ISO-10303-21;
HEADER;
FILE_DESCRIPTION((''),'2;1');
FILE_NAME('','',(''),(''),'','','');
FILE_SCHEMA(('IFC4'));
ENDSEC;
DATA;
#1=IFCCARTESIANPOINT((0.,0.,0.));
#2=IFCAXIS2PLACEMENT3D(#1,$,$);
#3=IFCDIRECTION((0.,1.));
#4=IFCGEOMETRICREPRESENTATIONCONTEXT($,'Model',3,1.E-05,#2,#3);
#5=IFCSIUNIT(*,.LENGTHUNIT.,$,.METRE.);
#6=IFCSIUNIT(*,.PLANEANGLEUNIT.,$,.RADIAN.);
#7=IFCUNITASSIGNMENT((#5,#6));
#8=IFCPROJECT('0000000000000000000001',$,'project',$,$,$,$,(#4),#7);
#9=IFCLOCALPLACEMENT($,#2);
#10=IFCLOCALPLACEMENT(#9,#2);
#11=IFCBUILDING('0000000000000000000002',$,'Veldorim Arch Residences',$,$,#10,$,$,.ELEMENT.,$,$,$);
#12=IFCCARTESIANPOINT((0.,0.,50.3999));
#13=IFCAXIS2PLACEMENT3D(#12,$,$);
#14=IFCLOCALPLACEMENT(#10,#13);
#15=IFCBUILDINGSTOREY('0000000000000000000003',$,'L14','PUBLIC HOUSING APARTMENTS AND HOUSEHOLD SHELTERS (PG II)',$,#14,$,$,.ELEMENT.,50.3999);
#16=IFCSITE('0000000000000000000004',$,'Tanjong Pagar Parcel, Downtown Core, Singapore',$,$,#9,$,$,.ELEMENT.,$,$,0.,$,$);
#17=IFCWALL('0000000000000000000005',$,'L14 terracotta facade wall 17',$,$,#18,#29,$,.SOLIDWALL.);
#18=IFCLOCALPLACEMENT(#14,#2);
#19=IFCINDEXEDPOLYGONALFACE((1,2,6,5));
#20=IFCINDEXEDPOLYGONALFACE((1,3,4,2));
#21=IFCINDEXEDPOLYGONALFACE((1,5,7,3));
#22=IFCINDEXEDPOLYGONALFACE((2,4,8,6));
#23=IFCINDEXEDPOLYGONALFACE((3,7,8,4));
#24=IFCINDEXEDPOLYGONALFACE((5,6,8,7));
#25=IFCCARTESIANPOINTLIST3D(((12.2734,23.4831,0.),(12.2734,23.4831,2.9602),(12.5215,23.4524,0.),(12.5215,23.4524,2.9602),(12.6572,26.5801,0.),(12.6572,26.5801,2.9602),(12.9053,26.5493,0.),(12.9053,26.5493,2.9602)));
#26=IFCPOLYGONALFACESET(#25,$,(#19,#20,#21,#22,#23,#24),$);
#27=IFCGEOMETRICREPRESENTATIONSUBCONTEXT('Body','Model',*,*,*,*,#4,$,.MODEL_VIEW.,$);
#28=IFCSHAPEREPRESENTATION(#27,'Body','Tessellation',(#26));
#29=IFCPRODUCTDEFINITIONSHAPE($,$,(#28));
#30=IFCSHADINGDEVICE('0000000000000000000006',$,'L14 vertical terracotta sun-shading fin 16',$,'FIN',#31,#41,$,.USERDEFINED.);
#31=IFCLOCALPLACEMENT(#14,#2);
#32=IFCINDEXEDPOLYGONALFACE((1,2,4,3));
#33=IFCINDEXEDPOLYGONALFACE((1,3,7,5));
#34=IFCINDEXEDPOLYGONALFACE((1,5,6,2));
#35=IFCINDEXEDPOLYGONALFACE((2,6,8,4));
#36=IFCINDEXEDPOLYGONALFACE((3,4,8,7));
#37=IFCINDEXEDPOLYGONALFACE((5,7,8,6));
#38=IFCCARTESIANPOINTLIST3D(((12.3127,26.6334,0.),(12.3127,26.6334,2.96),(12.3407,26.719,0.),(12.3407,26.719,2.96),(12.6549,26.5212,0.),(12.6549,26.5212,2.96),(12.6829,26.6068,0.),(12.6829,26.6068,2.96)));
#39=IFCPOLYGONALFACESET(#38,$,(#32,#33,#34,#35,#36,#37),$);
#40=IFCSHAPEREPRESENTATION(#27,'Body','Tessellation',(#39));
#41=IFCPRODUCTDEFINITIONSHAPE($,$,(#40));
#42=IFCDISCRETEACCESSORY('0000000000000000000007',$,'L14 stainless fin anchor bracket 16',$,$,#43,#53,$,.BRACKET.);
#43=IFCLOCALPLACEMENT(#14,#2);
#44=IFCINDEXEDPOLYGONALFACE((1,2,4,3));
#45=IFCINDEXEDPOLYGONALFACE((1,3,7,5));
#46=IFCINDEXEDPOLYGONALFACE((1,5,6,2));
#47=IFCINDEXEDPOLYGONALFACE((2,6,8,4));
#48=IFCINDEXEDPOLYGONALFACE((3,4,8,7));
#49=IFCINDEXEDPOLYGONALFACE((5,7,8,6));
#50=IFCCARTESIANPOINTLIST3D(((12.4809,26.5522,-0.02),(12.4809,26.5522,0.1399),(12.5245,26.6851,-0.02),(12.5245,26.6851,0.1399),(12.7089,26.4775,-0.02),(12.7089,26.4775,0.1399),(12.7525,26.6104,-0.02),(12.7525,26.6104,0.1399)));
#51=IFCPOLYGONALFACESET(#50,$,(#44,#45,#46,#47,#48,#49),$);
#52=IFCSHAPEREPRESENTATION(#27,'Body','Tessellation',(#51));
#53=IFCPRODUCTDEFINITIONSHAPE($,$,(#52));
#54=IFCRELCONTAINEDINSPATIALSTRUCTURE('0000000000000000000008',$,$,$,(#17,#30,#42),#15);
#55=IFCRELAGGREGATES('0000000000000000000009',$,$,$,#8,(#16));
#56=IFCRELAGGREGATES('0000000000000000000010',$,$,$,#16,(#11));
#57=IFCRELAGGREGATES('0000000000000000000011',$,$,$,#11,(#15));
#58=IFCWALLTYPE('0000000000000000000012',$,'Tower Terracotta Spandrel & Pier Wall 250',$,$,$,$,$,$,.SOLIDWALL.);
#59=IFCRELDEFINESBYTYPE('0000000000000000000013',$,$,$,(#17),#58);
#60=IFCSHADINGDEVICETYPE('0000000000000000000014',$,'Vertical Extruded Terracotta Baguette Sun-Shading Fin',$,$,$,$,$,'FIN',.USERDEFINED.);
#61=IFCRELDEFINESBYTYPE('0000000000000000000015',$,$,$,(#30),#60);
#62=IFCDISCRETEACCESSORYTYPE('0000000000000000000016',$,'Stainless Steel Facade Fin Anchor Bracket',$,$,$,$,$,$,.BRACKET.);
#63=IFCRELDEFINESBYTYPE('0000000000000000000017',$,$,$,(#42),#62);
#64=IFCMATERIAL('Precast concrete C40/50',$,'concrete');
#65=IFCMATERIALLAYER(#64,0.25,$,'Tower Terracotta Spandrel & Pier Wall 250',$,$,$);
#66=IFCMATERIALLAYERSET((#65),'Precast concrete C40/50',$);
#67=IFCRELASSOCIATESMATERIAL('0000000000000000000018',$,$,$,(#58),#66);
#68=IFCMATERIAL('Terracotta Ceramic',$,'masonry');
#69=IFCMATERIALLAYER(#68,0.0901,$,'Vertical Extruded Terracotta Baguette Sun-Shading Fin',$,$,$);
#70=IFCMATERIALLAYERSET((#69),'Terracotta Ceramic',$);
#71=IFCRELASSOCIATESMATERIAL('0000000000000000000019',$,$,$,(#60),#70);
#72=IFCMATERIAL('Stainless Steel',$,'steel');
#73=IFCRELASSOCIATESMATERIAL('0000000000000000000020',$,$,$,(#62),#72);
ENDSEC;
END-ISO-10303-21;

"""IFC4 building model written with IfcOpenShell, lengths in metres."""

from ifc_helpers import new_model, si_unit, direction, frame, frame_2d, origin, origin_2d, place, context, subcontext, project, spatial, rectangle, extrude, material, layer, layer_set, type_object, element, save


model = new_model("IFC4")

# Units and contexts
model_context = context("Model", 3, precision=1e-05, world=origin(), true_north=direction((0.0, 1.0)))
body_context = subcontext(model_context, "Body", "Model", "MODEL_VIEW")
ifc_project = project(units=[si_unit("LENGTHUNIT", "METRE"), si_unit("PLANEANGLEUNIT", "RADIAN")], contexts=[model_context])

# Site, building, storey
site_placement = place(None, origin())
site = spatial("IfcSite", under=ifc_project, at=site_placement, Name="Tanjong Pagar Parcel, Downtown Core, Singapore", CompositionType="ELEMENT", RefElevation=0.0)
building_placement = place(site_placement, origin())
building = spatial("IfcBuilding", under=site, at=building_placement, Name="Veldorim Arch Residences", CompositionType="ELEMENT")
storey_placement = place(building_placement, frame((0.0, 0.0, 50.3999)))
storey = spatial("IfcBuildingStorey", under=building, at=storey_placement, Name="L14", Description="PUBLIC HOUSING APARTMENTS AND HOUSEHOLD SHELTERS (PG II)", CompositionType="ELEMENT", Elevation=50.3999)

# Wall
ifc_material_1 = material(Name="Precast concrete C40/50", Category="concrete")
ifc_layer_1 = layer(ifc_material_1, 0.25, Name="Tower Terracotta Spandrel & Pier Wall 250")
ifc_layer_set_1 = layer_set([ifc_layer_1], Name="Precast concrete C40/50")
wall_type_1 = type_object("IfcWallType", Name="Tower Terracotta Spandrel & Pier Wall 250", PredefinedType="SOLIDWALL", material=ifc_layer_set_1)
wall_1_placement = place(storey_placement, frame((12.3975, 23.4678, 0.0), z_axis=(0.0, 0.0, 1.0), x_axis=(0.122985, 0.992409, 0.0)))
element("IfcWall", 1, at=wall_1_placement, inside=storey, type_object=wall_type_1, Name="L14 terracotta facade wall 17", PredefinedType="SOLIDWALL", context=body_context, shape_type="SweptSolid", body=[
    extrude(rectangle(XDim=3.1206, YDim=0.25, at=frame_2d((1.5603, 0.0))), origin(), (0.0, 0.0, 1.0), 2.9602),
])

# Shading device
ifc_material_2 = material(Name="Terracotta Ceramic", Category="masonry")
ifc_layer_2 = layer(ifc_material_2, 0.0901, Name="Vertical Extruded Terracotta Baguette Sun-Shading Fin")
ifc_layer_set_2 = layer_set([ifc_layer_2], Name="Terracotta Ceramic")
shading_device_type = type_object("IfcShadingDeviceType", Name="Vertical Extruded Terracotta Baguette Sun-Shading Fin", ElementType="FIN", PredefinedType="USERDEFINED", material=ifc_layer_set_2)
shading_device_placement = place(storey_placement, frame((12.4978, 26.6201, 0.0), z_axis=(0.0, 0.0, 1.0), x_axis=(0.311506, 0.950244, 0.0)))
element("IfcShadingDevice", 2, at=shading_device_placement, inside=storey, type_object=shading_device_type, Name="L14 vertical terracotta sun-shading fin 16", ObjectType="FIN", PredefinedType="USERDEFINED", context=body_context, shape_type="SweptSolid", body=[
    extrude(rectangle(XDim=0.0901, YDim=0.3601, at=origin_2d()), origin(), (0.0, 0.0, 1.0), 2.96),
])

# Discrete accessory
ifc_material_3 = material(Name="Stainless Steel", Category="steel")
discrete_accessory_type = type_object("IfcDiscreteAccessoryType", Name="Stainless Steel Facade Fin Anchor Bracket", PredefinedType="BRACKET", material=ifc_material_3)
discrete_accessory_placement = place(storey_placement, frame((12.6167, 26.5813, -0.02), z_axis=(0.0, 0.0, 1.0), x_axis=(0.311506, 0.950244, 0.0)))
element("IfcDiscreteAccessory", 3, at=discrete_accessory_placement, inside=storey, type_object=discrete_accessory_type, Name="L14 stainless fin anchor bracket 16", PredefinedType="BRACKET", context=body_context, shape_type="SweptSolid", body=[
    extrude(rectangle(XDim=0.1399, YDim=0.24, at=origin_2d()), origin(), (0.0, 0.0, 1.0), 0.1599),
])

save(model, "model.ifc")
